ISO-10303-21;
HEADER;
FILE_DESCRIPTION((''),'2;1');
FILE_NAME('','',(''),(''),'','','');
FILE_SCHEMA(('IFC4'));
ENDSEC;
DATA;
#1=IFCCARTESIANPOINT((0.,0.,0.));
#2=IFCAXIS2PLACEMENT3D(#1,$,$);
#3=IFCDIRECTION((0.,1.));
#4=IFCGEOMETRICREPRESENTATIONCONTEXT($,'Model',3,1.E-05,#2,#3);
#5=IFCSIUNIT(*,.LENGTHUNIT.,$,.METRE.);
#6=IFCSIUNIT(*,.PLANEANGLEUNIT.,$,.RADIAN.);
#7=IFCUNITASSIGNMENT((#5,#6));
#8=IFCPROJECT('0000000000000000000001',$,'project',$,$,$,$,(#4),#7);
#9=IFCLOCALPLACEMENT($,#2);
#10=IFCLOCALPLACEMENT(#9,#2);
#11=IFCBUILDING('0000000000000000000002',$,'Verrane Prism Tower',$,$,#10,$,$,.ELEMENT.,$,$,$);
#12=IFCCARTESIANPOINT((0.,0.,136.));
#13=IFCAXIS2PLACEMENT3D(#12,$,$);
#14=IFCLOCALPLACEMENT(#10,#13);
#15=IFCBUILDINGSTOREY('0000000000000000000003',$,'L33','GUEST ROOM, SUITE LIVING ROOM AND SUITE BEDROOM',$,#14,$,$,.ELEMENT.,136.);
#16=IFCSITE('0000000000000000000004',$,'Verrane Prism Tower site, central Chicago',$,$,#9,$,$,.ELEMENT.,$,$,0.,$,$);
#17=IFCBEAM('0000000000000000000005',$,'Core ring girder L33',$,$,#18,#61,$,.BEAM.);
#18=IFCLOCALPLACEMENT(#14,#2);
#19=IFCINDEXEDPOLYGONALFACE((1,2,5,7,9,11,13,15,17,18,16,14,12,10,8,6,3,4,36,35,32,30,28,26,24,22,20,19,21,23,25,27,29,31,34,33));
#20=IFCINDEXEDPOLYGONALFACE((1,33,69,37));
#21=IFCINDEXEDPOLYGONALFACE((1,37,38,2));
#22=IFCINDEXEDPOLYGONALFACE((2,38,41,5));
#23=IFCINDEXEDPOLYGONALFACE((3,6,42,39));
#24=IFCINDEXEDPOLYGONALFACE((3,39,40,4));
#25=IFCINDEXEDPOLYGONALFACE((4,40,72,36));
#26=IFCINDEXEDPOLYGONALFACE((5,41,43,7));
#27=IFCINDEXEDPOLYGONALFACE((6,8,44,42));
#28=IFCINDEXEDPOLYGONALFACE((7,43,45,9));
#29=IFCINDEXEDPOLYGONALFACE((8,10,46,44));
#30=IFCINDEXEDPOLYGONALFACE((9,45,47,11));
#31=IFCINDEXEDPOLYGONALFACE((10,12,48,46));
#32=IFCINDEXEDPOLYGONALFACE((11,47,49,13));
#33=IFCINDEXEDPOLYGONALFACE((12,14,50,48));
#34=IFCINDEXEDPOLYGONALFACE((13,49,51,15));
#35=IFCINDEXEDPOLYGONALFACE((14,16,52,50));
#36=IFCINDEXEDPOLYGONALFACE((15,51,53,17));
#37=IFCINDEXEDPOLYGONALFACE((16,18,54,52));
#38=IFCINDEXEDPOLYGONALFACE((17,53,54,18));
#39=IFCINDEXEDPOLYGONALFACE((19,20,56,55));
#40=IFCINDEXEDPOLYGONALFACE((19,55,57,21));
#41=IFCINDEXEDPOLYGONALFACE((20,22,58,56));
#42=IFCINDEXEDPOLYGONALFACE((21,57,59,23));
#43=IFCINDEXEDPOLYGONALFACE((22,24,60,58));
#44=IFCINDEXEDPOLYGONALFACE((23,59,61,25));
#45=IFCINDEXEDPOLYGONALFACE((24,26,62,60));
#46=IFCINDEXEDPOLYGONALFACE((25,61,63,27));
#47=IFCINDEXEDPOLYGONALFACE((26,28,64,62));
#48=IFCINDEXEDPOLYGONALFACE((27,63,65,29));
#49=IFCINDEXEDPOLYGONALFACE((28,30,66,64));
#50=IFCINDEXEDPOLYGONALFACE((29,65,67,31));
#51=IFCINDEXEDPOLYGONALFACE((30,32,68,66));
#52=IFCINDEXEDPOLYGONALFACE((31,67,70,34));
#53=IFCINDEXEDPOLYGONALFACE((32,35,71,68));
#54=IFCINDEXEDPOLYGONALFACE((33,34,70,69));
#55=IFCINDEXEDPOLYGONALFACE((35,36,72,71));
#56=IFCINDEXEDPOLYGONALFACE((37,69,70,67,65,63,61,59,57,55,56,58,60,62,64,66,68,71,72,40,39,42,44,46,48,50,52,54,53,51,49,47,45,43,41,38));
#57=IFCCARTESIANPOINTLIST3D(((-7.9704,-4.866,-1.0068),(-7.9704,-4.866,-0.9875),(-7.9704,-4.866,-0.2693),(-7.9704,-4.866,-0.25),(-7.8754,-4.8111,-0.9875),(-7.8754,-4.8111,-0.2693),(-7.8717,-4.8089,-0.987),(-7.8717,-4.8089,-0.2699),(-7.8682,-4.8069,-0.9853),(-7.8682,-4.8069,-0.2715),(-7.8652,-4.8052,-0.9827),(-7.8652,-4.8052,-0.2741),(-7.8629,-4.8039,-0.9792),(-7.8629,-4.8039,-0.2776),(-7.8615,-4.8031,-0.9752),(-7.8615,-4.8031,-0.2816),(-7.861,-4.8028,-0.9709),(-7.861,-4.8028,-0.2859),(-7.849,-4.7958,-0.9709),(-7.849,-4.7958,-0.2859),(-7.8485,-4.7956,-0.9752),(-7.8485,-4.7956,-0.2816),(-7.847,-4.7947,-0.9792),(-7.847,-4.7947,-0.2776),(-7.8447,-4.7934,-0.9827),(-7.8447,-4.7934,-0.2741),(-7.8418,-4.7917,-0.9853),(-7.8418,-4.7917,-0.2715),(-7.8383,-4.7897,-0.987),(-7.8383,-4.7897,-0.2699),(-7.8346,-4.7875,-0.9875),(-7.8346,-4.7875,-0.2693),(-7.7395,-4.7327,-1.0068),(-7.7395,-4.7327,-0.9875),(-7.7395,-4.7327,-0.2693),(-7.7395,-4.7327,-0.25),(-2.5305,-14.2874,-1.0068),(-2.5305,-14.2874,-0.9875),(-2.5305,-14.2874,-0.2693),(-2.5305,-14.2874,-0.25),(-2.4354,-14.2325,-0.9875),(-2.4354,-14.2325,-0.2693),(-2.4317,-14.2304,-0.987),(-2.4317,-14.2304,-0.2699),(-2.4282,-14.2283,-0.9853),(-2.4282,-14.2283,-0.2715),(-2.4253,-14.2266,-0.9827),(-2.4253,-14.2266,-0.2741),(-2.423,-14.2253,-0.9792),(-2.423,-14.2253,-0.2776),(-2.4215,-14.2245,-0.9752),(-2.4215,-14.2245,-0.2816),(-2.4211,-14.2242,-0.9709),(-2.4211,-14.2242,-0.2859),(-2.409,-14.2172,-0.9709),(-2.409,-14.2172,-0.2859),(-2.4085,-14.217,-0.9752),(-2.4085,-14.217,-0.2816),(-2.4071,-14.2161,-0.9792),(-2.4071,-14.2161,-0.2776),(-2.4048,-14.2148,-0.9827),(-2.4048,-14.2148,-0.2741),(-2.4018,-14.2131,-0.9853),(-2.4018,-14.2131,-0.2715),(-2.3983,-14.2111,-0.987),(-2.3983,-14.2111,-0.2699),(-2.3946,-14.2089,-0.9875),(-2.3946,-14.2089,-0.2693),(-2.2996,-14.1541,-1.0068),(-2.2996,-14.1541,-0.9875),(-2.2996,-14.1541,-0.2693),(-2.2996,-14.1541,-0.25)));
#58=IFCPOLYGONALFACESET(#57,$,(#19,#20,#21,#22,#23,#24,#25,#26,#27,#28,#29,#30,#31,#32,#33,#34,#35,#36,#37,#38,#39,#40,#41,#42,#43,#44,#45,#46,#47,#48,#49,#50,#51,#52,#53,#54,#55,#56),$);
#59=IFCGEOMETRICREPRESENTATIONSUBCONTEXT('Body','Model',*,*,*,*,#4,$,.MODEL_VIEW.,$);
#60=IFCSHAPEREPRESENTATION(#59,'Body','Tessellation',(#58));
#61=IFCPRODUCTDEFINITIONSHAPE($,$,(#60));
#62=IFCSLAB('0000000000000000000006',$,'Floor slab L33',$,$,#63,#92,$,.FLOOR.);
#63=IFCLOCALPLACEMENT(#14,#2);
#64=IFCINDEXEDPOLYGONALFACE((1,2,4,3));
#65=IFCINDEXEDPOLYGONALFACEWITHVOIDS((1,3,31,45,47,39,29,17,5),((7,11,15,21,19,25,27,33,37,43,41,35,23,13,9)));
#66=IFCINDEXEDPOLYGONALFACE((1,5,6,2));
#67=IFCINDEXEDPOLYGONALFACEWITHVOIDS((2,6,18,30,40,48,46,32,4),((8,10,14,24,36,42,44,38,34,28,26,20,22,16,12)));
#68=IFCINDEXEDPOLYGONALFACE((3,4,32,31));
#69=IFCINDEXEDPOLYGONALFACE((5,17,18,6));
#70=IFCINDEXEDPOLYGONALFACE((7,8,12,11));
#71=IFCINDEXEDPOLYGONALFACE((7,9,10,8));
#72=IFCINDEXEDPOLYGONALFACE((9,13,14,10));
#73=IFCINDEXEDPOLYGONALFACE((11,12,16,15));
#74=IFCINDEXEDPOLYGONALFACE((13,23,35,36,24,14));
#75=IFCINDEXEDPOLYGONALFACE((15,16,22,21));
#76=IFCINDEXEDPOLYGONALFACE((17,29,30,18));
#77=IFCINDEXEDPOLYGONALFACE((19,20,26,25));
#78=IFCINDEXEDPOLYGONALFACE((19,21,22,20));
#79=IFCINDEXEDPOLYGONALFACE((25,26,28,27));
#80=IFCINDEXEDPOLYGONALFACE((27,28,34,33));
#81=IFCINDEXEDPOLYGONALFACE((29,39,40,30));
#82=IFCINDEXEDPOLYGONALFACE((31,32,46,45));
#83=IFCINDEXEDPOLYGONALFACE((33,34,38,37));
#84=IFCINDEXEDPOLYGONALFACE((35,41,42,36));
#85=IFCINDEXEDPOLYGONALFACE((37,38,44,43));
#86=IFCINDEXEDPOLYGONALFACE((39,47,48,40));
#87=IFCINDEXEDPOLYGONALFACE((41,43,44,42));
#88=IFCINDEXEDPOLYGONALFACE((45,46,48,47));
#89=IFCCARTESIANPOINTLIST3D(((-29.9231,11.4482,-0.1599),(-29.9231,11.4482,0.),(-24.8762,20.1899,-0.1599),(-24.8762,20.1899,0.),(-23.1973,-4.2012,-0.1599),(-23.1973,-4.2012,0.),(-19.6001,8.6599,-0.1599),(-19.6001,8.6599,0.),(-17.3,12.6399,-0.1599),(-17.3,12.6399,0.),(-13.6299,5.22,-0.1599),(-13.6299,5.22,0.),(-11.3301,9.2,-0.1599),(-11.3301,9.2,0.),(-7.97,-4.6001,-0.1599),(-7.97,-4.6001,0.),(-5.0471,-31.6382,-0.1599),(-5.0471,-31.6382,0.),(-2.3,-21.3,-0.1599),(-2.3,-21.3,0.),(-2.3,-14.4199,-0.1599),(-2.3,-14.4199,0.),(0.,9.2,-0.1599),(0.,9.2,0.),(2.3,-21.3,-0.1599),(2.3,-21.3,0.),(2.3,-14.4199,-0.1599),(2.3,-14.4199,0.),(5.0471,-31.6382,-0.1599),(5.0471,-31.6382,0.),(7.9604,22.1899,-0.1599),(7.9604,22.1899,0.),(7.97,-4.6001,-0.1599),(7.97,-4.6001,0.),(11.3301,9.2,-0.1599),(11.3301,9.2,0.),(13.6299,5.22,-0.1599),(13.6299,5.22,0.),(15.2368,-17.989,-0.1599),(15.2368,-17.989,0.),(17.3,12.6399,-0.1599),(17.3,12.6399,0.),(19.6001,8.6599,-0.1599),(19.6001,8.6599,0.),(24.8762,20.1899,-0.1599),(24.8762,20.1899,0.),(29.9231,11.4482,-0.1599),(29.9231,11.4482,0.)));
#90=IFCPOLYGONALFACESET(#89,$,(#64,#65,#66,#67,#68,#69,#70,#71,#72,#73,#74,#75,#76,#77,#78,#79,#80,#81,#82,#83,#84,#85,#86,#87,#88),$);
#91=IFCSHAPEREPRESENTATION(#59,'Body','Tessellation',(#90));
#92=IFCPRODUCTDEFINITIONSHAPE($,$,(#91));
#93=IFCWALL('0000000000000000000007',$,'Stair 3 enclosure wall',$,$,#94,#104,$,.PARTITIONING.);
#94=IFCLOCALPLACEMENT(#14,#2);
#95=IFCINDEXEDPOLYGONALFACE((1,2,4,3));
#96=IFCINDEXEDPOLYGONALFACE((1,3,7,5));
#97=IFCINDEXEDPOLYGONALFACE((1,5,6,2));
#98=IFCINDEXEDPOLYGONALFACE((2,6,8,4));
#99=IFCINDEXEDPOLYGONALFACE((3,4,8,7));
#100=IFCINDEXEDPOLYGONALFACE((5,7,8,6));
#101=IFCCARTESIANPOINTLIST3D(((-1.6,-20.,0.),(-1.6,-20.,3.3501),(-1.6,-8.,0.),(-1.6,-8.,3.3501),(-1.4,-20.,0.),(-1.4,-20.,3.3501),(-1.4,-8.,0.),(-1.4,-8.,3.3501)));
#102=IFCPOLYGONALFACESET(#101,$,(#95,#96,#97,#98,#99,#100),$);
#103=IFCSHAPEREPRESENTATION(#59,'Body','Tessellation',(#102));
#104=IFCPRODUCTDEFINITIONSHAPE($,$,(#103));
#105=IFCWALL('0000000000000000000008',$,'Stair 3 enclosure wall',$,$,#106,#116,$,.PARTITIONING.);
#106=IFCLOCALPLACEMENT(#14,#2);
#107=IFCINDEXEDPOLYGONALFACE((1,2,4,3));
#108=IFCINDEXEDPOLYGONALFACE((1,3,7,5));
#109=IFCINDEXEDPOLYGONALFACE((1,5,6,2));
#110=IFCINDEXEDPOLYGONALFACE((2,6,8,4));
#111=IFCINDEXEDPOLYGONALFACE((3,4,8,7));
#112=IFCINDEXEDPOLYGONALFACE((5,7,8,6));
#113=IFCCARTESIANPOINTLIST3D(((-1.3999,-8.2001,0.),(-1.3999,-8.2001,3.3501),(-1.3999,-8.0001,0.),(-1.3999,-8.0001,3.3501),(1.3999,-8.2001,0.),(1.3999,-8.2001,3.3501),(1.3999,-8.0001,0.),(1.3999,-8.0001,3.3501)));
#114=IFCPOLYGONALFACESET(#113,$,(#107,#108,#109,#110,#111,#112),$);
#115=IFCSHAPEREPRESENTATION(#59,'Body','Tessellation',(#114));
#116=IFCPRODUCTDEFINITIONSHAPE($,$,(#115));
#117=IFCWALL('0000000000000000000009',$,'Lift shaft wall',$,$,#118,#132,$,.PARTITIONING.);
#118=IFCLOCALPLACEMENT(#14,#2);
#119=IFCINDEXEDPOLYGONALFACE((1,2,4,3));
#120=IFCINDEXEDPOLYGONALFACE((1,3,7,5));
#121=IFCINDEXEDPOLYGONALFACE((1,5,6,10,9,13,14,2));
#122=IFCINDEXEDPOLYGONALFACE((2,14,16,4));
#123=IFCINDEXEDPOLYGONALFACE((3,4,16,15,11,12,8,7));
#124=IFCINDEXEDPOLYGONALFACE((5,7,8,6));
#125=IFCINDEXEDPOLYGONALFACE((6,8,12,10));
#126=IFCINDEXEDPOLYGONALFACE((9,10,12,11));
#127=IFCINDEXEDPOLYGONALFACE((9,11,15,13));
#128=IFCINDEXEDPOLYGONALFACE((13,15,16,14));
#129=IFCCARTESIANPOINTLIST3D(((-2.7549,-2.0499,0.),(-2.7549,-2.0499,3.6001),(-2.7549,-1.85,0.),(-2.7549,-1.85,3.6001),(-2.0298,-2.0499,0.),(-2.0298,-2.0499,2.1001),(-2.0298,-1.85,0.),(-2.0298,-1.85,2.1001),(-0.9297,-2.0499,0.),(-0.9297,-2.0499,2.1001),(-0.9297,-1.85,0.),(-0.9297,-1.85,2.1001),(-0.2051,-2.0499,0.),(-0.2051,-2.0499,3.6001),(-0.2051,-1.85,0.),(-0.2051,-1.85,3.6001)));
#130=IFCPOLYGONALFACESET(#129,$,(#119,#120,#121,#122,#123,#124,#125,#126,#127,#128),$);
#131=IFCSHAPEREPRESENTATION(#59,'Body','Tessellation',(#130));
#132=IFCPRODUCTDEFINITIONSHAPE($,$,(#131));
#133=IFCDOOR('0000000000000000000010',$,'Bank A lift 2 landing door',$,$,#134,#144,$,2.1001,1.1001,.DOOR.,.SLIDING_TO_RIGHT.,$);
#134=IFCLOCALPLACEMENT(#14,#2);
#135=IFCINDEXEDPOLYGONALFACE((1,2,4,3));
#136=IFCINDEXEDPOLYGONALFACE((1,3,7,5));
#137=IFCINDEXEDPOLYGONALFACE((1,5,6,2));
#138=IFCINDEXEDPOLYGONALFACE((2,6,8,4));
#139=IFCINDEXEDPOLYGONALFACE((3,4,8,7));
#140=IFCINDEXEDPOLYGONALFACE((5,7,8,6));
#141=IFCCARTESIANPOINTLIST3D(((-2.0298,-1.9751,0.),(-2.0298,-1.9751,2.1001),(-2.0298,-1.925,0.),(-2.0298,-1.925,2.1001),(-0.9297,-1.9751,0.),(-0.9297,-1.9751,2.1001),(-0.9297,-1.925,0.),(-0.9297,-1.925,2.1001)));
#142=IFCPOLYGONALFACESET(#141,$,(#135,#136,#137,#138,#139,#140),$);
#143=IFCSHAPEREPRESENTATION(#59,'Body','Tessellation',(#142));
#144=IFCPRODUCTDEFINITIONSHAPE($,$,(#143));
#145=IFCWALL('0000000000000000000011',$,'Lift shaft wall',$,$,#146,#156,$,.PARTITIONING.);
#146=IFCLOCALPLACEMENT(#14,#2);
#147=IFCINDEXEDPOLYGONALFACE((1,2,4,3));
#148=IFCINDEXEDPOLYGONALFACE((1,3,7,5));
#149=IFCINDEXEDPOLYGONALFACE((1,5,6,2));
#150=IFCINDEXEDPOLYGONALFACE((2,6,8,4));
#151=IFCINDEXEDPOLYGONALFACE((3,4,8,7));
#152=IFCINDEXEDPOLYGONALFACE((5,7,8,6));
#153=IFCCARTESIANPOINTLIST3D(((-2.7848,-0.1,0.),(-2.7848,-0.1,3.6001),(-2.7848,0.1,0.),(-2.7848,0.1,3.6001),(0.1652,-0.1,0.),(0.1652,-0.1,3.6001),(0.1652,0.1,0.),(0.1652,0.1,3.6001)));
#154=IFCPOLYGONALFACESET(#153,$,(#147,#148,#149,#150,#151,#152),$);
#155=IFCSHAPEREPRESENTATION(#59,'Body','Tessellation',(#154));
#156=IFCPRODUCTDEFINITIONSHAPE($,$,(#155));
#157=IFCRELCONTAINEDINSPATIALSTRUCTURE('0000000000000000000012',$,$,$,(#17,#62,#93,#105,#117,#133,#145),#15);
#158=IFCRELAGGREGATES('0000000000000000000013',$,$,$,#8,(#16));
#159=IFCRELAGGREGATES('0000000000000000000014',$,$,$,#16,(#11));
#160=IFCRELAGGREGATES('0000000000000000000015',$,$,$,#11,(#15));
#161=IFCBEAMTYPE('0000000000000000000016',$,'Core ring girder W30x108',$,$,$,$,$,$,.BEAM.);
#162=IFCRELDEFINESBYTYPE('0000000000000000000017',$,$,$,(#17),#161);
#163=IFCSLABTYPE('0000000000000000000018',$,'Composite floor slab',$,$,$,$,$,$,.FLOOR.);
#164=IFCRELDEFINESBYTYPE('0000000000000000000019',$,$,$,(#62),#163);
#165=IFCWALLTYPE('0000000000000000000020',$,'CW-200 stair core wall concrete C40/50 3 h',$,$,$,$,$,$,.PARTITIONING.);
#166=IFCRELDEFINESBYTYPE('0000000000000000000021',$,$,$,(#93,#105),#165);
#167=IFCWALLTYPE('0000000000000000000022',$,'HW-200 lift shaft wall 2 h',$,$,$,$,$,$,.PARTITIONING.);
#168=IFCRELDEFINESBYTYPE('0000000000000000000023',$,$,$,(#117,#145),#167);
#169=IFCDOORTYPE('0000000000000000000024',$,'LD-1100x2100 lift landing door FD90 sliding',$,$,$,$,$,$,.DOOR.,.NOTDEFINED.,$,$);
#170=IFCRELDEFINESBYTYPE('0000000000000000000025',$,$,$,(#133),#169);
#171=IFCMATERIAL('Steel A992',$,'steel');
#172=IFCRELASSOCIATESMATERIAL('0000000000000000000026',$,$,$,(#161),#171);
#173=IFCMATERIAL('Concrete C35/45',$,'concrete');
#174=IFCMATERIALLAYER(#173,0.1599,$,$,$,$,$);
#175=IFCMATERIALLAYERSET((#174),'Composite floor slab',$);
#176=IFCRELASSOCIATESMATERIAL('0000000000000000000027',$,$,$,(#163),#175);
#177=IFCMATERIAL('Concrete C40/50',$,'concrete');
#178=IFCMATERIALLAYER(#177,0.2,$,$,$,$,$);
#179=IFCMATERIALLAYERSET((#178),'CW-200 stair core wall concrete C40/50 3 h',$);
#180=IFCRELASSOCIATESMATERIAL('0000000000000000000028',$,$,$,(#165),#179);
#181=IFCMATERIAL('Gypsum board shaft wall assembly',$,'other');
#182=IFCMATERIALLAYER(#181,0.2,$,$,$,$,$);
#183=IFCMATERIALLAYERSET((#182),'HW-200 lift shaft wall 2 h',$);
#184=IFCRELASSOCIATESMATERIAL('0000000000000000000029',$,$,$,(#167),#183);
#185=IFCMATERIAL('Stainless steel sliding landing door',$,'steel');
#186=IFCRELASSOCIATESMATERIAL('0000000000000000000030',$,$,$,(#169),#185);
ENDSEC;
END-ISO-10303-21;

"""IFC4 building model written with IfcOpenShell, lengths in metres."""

from ifc_helpers import new_model, si_unit, direction, frame, frame_2d, origin, origin_2d, place, context, subcontext, project, spatial, polyline, rectangle, i_section, outline, extrude, material, layer, layer_set, material_profile, profile_set, type_object, element, fill, save


model = new_model("IFC4")

# Units and contexts
model_context = context("Model", 3, precision=1e-05, world=origin(), true_north=direction((0.0, 1.0)))
body_context = subcontext(model_context, "Body", "Model", "MODEL_VIEW")
ifc_project = project(units=[si_unit("LENGTHUNIT", "METRE"), si_unit("PLANEANGLEUNIT", "RADIAN")], contexts=[model_context])

# Site, building, storey
site_placement = place(None, origin())
site = spatial("IfcSite", under=ifc_project, at=site_placement, Name="Verrane Prism Tower site, central Chicago", CompositionType="ELEMENT", RefElevation=0.0)
building_placement = place(site_placement, origin())
building = spatial("IfcBuilding", under=site, at=building_placement, Name="Verrane Prism Tower", CompositionType="ELEMENT")
storey_placement = place(building_placement, frame((0.0, 0.0, 136.0)))
storey = spatial("IfcBuildingStorey", under=building, at=storey_placement, Name="L33", Description="GUEST ROOM, SUITE LIVING ROOM AND SUITE BEDROOM", CompositionType="ELEMENT", Elevation=136.0)

# Beam
ifc_material_1 = material(Name="Steel A992", Category="steel")
ifc_material_profile = material_profile(ifc_material_1, i_section(OverallWidth=0.2666, OverallDepth=0.7568, WebThickness=0.0139, FlangeThickness=0.0193, FilletRadius=0.0166, at=origin_2d()), Name="W30x108")
ifc_profile_set = profile_set([ifc_material_profile], Name="Steel A992")
beam_type = type_object("IfcBeamType", Name="Core ring girder W30x108", PredefinedType="BEAM", material=ifc_profile_set)
beam_placement = place(storey_placement, frame((-7.855, -4.7993, -0.6284), z_axis=(0.500035, -0.866005, 0.0), x_axis=(0.866005, 0.500035, 0.0)))
element("IfcBeam", 1, at=beam_placement, inside=storey, type_object=beam_type, Name="Core ring girder L33", PredefinedType="BEAM", context=body_context, shape_type="SweptSolid", body=[
    extrude(i_section(OverallWidth=0.2666, OverallDepth=0.7568, WebThickness=0.0139, FlangeThickness=0.0193, FilletRadius=0.0166, at=origin_2d()), origin(), (0.0, 0.0, 1.0), 10.8792),
])

# Slab
ifc_material_2 = material(Name="Concrete C35/45", Category="concrete")
ifc_layer_1 = layer(ifc_material_2, 0.1599)
ifc_layer_set_1 = layer_set([ifc_layer_1], Name="Composite floor slab")
slab_type = type_object("IfcSlabType", Name="Composite floor slab", PredefinedType="FLOOR", material=ifc_layer_set_1)
slab_placement = place(storey_placement, frame((0.0, 0.0, -0.1599)))
element("IfcSlab", 2, at=slab_placement, inside=storey, type_object=slab_type, Name="Floor slab L33", PredefinedType="FLOOR", context=body_context, shape_type="SweptSolid", body=[
    extrude(outline(polyline([(15.2368, -17.989), (5.0471, -31.6382), (-5.0471, -31.6382), (-23.1973, -4.2012), (-29.9231, 11.4482), (-24.8762, 20.1899), (7.9604, 22.1899), (24.8762, 20.1899), (29.9231, 11.4482), (15.2368, -17.989)]), holes=[polyline([(19.6001, 8.6599), (17.3, 12.6399), (11.3301, 9.2), (0.0, 9.2), (-11.3301, 9.2), (-17.3, 12.6399), (-19.6001, 8.6599), (-13.6299, 5.22), (-7.97, -4.6001), (-2.3, -14.4199), (-2.3, -21.3), (2.3, -21.3), (2.3, -14.4199), (7.97, -4.6001), (13.6299, 5.22), (19.6001, 8.6599)])]), origin(), (0.0, 0.0, 1.0), 0.1599),
])

# Walls
ifc_material_3 = material(Name="Concrete C40/50", Category="concrete")
ifc_layer_2 = layer(ifc_material_3, 0.2)
ifc_layer_set_2 = layer_set([ifc_layer_2], Name="CW-200 stair core wall concrete C40/50 3 h")
wall_type_1 = type_object("IfcWallType", Name="CW-200 stair core wall concrete C40/50 3 h", PredefinedType="PARTITIONING", material=ifc_layer_set_2)
wall_1_placement = place(storey_placement, frame((-1.5, -8.0, 0.0), z_axis=(0.0, 0.0, 1.0), x_axis=(0.0, -1.0, 0.0)))
element("IfcWall", 3, at=wall_1_placement, inside=storey, type_object=wall_type_1, Name="Stair 3 enclosure wall", PredefinedType="PARTITIONING", context=body_context, shape_type="SweptSolid", body=[
    extrude(rectangle(XDim=12.0, YDim=0.2, at=frame_2d((6.0, 0.0))), origin(), (0.0, 0.0, 1.0), 3.3501),
])
wall_2_placement = place(storey_placement, frame((-1.3999, -8.1001, 0.0), z_axis=(0.0, 0.0, 1.0), x_axis=(1.0, 0.0, 0.0)))
element("IfcWall", 4, at=wall_2_placement, inside=storey, type_object=wall_type_1, Name="Stair 3 enclosure wall", PredefinedType="PARTITIONING", context=body_context, shape_type="SweptSolid", body=[
    extrude(rectangle(XDim=2.7998, YDim=0.2, at=frame_2d((1.3999, 0.0))), origin(), (0.0, 0.0, 1.0), 3.3501),
])

# Wall, opening, door
ifc_material_4 = material(Name="Gypsum board shaft wall assembly", Category="other")
ifc_layer_3 = layer(ifc_material_4, 0.2)
ifc_layer_set_3 = layer_set([ifc_layer_3], Name="HW-200 lift shaft wall 2 h")
wall_type_2 = type_object("IfcWallType", Name="HW-200 lift shaft wall 2 h", PredefinedType="PARTITIONING", material=ifc_layer_set_3)
wall_3_placement = place(storey_placement, frame((-2.7549, -1.95, 0.0), z_axis=(0.0, 0.0, 1.0), x_axis=(1.0, 0.0, 0.0)))
wall_3 = element("IfcWall", 5, at=wall_3_placement, inside=storey, type_object=wall_type_2, Name="Lift shaft wall", PredefinedType="PARTITIONING", context=body_context, shape_type="SweptSolid", body=[
    extrude(rectangle(XDim=2.5498, YDim=0.2, at=frame_2d((1.2749, 0.0))), origin(), (0.0, 0.0, 1.0), 3.6001),
])
opening_1_placement = place(wall_3_placement, frame((0.7251, 0.0, 0.0)))
opening_1 = element("IfcOpeningElement", 6, at=opening_1_placement, cuts=wall_3, PredefinedType="OPENING", context=body_context, shape_type="SweptSolid", body=[
    extrude(rectangle(XDim=1.1001, YDim=2.1001, at=frame_2d((0.55, 1.05))), frame((0.0, 0.1099, 0.0), z_axis=(0.0, -1.0, 0.0), x_axis=(1.0, 0.0, 0.0)), (0.0, 0.0, 1.0), 0.22),
])
ifc_material_5 = material(Name="Stainless steel sliding landing door", Category="steel")
door_type_1 = type_object("IfcDoorType", Name="LD-1100x2100 lift landing door FD90 sliding", OperationType="NOTDEFINED", PredefinedType="DOOR", material=ifc_material_5)
door_1_placement = place(opening_1_placement, origin())
door_1 = element("IfcDoor", 7, at=door_1_placement, inside=storey, type_object=door_type_1, Name="Bank A lift 2 landing door", OperationType="SLIDING_TO_RIGHT", OverallHeight=2.1001, OverallWidth=1.1001, PredefinedType="DOOR", context=body_context, shape_type="SweptSolid", body=[
    extrude(rectangle(XDim=1.1001, YDim=2.1001, at=frame_2d((0.55, 1.05))), frame((0.0, 0.0249, 0.0), z_axis=(0.0, -1.0, 0.0), x_axis=(1.0, 0.0, 0.0)), (0.0, 0.0, 1.0), 0.05),
])
fill(opening_1, door_1)

# Wall
wall_4_placement = place(storey_placement, frame((-2.7849, 0.0, 0.0), z_axis=(0.0, 0.0, 1.0), x_axis=(1.0, 0.0, 0.0)))
element("IfcWall", 8, at=wall_4_placement, inside=storey, type_object=wall_type_2, Name="Lift shaft wall", PredefinedType="PARTITIONING", context=body_context, shape_type="SweptSolid", body=[
    extrude(rectangle(XDim=2.95, YDim=0.2, at=frame_2d((1.4751, 0.0))), origin(), (0.0, 0.0, 1.0), 3.6001),
])

save(model, "model.ifc")
